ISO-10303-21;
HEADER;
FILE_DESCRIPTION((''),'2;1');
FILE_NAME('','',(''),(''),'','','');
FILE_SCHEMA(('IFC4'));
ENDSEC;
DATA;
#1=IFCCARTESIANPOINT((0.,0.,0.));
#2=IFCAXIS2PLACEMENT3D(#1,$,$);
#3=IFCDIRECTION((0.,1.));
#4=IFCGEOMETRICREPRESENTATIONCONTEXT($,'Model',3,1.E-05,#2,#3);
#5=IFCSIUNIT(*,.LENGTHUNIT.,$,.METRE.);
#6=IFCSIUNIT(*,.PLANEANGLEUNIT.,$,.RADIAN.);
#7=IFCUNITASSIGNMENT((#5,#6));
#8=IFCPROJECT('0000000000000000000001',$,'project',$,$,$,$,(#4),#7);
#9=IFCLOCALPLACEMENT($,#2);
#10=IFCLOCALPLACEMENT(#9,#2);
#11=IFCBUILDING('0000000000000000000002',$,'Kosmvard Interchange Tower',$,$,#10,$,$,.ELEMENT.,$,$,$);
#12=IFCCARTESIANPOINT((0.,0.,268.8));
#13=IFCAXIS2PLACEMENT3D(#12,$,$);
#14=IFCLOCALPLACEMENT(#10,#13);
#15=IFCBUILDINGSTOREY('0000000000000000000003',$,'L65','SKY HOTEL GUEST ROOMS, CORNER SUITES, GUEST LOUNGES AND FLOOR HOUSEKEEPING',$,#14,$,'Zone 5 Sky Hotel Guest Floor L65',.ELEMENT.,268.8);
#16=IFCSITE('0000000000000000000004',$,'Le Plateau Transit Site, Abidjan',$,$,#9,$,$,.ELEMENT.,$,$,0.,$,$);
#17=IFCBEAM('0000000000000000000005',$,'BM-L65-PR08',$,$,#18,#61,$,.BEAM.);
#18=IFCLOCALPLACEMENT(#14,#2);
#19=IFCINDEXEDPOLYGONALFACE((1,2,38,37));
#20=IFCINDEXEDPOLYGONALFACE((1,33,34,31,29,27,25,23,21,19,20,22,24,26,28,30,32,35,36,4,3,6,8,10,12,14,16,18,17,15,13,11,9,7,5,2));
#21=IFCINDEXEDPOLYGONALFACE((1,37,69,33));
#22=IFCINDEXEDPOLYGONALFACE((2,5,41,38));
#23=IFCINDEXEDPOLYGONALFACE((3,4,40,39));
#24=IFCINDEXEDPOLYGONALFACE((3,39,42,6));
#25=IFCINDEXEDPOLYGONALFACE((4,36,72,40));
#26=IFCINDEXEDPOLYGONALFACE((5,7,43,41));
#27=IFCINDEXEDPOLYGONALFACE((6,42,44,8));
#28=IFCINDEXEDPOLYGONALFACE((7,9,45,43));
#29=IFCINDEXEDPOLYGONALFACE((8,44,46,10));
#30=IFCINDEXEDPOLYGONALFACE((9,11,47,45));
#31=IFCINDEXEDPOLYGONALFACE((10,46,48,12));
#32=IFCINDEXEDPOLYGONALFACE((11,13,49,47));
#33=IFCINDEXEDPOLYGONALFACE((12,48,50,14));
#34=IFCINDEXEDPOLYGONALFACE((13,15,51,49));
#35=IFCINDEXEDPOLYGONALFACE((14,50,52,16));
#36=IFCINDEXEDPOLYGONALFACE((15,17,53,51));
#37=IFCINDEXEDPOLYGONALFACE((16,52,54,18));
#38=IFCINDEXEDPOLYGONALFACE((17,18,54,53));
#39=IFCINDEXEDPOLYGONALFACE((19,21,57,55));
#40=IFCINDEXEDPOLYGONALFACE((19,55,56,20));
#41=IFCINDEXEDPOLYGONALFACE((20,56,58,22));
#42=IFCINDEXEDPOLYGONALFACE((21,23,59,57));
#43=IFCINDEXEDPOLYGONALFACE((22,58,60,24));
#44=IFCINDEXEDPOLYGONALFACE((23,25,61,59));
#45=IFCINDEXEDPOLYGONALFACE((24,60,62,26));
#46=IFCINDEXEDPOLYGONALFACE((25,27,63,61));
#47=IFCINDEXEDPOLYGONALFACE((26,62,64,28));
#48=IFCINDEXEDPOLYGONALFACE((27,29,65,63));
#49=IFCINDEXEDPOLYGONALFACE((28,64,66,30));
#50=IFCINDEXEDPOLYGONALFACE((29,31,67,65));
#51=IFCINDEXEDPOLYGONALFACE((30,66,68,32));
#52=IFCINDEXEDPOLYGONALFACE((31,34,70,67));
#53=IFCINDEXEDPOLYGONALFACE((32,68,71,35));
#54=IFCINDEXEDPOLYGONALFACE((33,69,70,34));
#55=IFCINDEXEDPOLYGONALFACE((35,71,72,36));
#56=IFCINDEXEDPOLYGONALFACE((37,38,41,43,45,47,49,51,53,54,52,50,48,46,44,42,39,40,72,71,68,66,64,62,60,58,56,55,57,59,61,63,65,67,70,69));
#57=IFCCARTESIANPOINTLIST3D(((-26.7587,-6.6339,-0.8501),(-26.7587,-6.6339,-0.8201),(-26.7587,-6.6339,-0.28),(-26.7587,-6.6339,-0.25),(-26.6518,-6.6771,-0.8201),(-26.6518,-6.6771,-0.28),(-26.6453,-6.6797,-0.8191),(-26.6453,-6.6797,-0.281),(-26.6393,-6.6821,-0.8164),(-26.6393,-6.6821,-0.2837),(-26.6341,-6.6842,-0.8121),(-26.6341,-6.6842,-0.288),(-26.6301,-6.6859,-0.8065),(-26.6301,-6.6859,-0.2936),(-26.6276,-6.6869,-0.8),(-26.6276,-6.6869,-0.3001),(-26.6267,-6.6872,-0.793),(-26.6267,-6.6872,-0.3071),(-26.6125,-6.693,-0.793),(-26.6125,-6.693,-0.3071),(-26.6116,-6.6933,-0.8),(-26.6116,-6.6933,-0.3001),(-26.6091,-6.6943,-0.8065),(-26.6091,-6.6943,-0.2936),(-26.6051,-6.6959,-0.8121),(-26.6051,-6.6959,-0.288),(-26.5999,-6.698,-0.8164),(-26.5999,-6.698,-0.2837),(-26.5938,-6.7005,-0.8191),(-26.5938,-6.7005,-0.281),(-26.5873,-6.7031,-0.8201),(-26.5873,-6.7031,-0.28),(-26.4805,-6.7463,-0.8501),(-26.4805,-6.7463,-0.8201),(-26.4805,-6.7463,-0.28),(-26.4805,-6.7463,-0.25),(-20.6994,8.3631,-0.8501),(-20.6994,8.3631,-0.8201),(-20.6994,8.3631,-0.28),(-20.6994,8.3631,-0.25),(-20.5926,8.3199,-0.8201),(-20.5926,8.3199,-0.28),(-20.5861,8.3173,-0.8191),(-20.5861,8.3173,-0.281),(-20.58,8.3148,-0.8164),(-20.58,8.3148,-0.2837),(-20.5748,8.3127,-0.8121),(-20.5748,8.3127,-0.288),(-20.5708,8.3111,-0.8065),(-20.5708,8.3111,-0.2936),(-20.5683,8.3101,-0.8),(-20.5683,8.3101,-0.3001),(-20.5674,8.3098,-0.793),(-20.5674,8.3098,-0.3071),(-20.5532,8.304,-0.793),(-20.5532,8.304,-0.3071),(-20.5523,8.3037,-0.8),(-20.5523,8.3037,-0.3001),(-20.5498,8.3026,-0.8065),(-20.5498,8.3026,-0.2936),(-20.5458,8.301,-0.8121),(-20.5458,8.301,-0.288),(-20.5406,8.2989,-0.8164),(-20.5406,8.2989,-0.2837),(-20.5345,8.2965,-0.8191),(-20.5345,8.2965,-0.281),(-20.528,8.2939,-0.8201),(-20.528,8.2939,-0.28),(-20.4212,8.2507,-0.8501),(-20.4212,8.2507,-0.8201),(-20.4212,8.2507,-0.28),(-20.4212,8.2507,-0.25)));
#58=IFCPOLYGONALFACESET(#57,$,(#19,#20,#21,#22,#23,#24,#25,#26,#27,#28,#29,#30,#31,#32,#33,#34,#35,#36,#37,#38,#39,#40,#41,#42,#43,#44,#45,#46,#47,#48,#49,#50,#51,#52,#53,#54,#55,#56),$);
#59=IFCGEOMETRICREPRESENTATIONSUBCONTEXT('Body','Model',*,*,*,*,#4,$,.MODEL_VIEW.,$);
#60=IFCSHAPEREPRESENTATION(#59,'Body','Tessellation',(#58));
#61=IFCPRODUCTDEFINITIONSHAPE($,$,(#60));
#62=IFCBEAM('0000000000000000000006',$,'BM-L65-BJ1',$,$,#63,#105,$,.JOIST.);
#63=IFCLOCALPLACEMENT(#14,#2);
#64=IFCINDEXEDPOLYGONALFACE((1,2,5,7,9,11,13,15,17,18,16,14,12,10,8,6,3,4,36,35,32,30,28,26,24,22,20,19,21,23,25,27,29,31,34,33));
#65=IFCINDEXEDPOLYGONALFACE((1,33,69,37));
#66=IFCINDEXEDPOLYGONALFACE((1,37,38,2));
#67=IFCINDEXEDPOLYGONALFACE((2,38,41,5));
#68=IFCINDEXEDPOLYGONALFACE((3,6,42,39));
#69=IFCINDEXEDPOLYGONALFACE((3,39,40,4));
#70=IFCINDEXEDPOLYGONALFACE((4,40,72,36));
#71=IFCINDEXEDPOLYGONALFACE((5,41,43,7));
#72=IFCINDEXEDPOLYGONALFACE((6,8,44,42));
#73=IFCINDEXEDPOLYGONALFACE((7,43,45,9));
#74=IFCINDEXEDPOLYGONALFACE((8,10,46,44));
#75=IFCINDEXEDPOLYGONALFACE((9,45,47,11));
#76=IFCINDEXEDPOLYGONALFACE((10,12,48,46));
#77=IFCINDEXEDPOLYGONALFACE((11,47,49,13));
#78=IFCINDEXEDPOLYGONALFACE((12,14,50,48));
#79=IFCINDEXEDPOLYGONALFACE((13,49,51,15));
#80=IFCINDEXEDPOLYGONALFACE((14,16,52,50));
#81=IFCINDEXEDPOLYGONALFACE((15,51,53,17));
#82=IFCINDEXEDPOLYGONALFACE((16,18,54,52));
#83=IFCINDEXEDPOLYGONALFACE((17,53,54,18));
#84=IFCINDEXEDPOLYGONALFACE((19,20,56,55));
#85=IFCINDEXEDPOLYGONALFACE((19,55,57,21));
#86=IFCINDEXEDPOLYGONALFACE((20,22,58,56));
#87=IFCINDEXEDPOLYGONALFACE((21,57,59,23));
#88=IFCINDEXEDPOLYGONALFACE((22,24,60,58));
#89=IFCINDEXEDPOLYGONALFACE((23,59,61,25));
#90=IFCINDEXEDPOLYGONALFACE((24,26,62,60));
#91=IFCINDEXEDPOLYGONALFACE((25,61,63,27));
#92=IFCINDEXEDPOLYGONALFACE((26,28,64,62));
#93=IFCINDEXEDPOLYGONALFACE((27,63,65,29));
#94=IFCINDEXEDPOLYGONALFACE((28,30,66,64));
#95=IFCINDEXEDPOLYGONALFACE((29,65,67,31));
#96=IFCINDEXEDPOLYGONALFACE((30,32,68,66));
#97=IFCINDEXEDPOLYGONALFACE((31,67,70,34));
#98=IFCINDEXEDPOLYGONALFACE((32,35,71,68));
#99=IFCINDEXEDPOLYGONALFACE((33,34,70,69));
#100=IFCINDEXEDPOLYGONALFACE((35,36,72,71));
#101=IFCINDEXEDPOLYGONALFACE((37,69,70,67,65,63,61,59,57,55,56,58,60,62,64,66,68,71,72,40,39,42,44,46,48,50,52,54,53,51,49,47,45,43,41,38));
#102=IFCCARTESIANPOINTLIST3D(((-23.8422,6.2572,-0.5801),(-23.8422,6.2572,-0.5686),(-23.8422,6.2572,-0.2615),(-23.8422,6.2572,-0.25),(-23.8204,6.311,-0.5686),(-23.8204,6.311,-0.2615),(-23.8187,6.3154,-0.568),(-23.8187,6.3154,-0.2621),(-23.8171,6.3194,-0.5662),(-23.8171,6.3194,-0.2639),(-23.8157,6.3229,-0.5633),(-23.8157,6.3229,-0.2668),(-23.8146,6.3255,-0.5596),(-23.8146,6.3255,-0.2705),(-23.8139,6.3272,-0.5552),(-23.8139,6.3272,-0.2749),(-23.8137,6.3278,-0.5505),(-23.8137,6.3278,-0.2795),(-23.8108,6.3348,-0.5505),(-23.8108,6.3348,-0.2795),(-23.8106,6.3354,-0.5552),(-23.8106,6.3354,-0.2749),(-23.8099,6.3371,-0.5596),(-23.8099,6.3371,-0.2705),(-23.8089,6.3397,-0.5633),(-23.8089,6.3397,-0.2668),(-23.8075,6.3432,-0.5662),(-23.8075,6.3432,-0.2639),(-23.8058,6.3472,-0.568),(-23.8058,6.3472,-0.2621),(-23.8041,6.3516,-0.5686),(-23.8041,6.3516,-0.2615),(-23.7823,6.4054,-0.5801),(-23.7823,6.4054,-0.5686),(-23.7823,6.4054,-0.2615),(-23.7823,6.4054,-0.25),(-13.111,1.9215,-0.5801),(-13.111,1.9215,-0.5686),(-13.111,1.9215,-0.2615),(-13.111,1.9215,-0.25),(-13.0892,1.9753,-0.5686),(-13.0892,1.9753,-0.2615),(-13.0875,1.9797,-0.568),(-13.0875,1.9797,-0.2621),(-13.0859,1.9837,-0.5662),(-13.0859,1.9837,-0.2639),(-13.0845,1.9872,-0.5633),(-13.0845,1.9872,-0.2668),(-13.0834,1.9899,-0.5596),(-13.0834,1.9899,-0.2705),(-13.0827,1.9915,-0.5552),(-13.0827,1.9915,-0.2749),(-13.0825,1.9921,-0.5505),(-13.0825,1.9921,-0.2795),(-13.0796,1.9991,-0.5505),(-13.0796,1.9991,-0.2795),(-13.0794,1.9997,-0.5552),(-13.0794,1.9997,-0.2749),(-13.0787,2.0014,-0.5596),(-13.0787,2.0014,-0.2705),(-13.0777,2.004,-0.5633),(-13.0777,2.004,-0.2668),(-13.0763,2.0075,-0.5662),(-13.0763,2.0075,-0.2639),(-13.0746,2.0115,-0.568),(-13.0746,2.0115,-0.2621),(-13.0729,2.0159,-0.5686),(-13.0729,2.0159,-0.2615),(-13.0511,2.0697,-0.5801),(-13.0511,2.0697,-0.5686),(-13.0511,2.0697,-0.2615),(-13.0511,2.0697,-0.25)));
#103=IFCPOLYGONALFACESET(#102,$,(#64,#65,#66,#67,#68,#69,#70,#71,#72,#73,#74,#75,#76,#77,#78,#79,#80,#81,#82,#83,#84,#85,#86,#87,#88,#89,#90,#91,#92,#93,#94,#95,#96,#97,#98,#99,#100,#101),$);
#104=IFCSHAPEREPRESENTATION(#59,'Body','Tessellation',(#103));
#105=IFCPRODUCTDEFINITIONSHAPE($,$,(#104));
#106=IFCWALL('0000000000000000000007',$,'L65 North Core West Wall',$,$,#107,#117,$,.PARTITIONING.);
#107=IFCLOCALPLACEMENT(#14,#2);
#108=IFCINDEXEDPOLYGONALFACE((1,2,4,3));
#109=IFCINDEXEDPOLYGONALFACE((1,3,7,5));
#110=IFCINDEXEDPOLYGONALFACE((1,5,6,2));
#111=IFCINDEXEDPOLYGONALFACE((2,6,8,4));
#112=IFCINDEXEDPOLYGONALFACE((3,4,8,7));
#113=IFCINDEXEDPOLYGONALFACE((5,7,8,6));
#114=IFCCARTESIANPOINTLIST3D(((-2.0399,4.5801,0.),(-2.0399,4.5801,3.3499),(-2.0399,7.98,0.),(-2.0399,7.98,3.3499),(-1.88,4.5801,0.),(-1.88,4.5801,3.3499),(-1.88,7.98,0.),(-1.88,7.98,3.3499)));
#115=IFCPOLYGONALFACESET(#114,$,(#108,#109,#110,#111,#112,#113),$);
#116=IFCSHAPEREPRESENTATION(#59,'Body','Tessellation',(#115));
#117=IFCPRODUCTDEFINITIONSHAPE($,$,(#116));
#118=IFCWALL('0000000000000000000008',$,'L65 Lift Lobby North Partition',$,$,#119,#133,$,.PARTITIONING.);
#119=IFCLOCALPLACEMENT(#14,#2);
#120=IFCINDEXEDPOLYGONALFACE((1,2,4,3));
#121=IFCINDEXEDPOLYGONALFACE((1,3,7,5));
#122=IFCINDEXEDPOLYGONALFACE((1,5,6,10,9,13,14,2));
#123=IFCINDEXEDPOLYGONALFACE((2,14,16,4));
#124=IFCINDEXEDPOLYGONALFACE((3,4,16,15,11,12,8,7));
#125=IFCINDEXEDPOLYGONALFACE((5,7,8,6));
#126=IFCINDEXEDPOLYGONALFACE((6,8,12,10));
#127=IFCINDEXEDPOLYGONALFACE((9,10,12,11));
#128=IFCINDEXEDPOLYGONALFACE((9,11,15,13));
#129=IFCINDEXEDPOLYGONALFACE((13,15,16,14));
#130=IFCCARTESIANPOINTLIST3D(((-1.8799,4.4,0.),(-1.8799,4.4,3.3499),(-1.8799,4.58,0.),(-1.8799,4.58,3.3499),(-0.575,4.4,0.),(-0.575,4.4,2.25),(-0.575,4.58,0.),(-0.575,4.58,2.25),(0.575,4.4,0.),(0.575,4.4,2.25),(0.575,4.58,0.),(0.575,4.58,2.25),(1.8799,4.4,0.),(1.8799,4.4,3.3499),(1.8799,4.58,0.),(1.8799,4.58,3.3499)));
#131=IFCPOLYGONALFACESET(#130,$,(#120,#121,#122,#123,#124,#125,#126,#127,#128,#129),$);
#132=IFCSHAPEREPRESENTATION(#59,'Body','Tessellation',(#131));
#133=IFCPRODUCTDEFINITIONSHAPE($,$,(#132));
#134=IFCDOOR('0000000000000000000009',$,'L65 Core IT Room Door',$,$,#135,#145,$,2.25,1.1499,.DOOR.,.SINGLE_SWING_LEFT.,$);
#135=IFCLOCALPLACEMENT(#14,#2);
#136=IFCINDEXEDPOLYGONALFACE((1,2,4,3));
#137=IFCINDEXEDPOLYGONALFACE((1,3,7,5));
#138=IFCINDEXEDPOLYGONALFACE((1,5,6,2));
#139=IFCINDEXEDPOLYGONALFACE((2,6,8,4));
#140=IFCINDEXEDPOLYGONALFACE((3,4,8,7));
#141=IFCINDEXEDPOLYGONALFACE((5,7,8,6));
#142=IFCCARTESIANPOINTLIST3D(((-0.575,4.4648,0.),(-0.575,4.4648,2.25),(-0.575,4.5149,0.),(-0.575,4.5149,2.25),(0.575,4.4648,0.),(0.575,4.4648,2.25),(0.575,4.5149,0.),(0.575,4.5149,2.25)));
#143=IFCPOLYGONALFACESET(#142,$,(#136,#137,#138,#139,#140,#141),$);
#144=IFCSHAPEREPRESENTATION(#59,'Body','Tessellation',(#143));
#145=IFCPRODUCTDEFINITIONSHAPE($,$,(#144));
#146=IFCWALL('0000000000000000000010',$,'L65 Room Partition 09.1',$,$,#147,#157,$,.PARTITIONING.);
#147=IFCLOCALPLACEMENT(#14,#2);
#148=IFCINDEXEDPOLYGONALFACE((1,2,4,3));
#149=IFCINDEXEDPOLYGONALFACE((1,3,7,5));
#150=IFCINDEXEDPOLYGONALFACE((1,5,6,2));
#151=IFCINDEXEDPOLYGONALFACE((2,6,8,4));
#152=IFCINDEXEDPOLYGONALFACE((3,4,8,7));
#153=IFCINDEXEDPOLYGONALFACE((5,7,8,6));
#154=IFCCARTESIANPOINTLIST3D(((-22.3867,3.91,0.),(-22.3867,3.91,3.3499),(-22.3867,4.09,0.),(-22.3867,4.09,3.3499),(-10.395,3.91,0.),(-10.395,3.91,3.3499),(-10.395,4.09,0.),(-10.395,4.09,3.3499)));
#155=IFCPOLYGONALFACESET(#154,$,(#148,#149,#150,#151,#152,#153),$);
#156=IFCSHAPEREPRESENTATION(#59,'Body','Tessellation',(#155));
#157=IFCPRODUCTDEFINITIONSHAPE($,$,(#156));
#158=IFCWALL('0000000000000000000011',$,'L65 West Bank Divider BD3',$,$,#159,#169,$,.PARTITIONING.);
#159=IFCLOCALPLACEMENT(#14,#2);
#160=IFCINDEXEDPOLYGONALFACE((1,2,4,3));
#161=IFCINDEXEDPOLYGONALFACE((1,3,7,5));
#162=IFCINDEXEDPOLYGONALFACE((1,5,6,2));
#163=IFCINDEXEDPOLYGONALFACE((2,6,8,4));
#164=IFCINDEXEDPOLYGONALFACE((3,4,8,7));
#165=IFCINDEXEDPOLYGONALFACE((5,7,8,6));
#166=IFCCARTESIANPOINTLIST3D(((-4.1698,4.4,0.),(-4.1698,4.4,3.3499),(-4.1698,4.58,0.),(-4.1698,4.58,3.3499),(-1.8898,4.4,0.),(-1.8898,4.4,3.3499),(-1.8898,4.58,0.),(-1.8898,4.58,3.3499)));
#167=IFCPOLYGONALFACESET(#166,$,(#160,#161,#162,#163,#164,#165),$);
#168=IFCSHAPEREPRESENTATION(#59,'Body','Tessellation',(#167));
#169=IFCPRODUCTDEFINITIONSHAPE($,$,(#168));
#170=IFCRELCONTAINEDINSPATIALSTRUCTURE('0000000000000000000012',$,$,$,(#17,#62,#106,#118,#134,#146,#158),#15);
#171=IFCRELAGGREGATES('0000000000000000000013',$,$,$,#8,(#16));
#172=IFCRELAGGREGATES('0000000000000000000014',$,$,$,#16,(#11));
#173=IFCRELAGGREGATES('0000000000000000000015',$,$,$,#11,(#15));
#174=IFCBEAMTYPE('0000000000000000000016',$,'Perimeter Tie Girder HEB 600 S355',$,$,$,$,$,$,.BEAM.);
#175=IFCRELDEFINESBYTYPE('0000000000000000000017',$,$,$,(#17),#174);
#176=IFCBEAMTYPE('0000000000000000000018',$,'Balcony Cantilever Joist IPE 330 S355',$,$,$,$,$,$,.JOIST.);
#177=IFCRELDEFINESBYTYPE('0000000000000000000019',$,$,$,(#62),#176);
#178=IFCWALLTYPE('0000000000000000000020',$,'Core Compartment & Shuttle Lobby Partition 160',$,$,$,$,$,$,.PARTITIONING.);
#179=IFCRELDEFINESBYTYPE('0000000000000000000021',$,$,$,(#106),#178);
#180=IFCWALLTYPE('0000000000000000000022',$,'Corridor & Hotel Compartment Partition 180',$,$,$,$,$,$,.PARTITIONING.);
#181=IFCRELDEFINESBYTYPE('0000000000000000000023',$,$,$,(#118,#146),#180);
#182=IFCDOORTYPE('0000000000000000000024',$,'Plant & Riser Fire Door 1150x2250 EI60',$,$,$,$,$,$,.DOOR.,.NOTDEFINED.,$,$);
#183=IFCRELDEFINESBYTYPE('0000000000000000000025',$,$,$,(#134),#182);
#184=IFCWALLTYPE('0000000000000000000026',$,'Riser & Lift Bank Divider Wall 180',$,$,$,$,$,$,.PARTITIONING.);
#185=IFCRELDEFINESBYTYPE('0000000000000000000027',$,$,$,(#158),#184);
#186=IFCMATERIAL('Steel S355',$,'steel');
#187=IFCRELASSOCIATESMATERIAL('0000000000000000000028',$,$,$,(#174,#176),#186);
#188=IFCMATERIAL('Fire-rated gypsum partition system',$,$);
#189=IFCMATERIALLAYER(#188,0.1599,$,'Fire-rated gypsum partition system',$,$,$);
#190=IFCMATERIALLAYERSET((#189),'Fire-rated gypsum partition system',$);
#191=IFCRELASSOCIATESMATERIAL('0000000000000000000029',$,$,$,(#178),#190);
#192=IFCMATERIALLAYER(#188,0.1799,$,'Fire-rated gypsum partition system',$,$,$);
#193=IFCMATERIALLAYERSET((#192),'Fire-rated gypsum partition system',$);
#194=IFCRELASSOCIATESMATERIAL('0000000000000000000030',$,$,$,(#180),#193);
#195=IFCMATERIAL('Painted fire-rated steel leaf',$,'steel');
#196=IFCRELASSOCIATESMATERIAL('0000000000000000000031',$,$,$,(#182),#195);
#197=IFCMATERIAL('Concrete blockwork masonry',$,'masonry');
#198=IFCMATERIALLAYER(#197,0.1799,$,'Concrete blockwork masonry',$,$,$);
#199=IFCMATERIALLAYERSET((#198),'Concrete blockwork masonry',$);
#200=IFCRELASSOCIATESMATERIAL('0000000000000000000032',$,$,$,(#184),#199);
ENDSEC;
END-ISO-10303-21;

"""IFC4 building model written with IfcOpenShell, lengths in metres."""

from ifc_helpers import new_model, si_unit, direction, frame, frame_2d, origin, origin_2d, place, context, subcontext, project, spatial, rectangle, i_section, extrude, source, transform, mapped, material, layer, layer_set, material_profile, profile_set, type_object, element, fill, save


model = new_model("IFC4")

# Units and contexts
model_context = context("Model", 3, precision=1e-05, world=origin(), true_north=direction((0.0, 1.0)))
body_context = subcontext(model_context, "Body", "Model", "MODEL_VIEW")
ifc_project = project(units=[si_unit("LENGTHUNIT", "METRE"), si_unit("PLANEANGLEUNIT", "RADIAN")], contexts=[model_context])

# Site, building, storey
site_placement = place(None, origin())
site = spatial("IfcSite", under=ifc_project, at=site_placement, Name="Le Plateau Transit Site, Abidjan", CompositionType="ELEMENT", RefElevation=0.0)
building_placement = place(site_placement, origin())
building = spatial("IfcBuilding", under=site, at=building_placement, Name="Kosmvard Interchange Tower", CompositionType="ELEMENT")
storey_placement = place(building_placement, frame((0.0, 0.0, 268.8)))
storey = spatial("IfcBuildingStorey", under=building, at=storey_placement, Name="L65", Description="SKY HOTEL GUEST ROOMS, CORNER SUITES, GUEST LOUNGES AND FLOOR HOUSEKEEPING", LongName="Zone 5 Sky Hotel Guest Floor L65", CompositionType="ELEMENT", Elevation=268.8)

# Beams
ifc_material_1 = material(Name="Steel S355", Category="steel")
ifc_material_profile_1 = material_profile(ifc_material_1, i_section(OverallWidth=0.3, OverallDepth=0.6001, WebThickness=0.0154, FlangeThickness=0.03, FilletRadius=0.0271, at=origin_2d()), Name="HEB 600")
ifc_profile_set_1 = profile_set([ifc_material_profile_1], Name="Steel S355")
beam_type_1 = type_object("IfcBeamType", Name="Perimeter Tie Girder HEB 600 S355", PredefinedType="BEAM", material=ifc_profile_set_1)
shared_shape_1 = source(origin(), body_context, "Body", "SweptSolid", [
    extrude(i_section(OverallWidth=0.3, OverallDepth=0.6001, WebThickness=0.0154, FlangeThickness=0.03, FilletRadius=0.0271, at=origin_2d()), origin(), (0.0, 0.0, 1.0), 16.1748),
])
beam_1_placement = place(storey_placement, frame((-20.5603, 8.3069, -0.55), z_axis=(-0.374613, -0.927181, 0.0), x_axis=(0.927181, -0.374613, 0.0)))
element("IfcBeam", 1, at=beam_1_placement, inside=storey, type_object=beam_type_1, Name="BM-L65-PR08", PredefinedType="BEAM", context=body_context, shape_type="MappedRepresentation", body=[
    mapped(shared_shape_1, transform((0.0, 0.0, 0.0), scale=1.0)),
])
ifc_material_profile_2 = material_profile(ifc_material_1, i_section(OverallWidth=0.1599, OverallDepth=0.3301, WebThickness=0.0076, FlangeThickness=0.0115, FilletRadius=0.0181, at=origin_2d()), Name="IPE 330")
ifc_profile_set_2 = profile_set([ifc_material_profile_2], Name="Steel S355")
beam_type_2 = type_object("IfcBeamType", Name="Balcony Cantilever Joist IPE 330 S355", PredefinedType="JOIST", material=ifc_profile_set_2)
shared_shape_2 = source(origin(), body_context, "Body", "SweptSolid", [
    extrude(i_section(OverallWidth=0.1599, OverallDepth=0.3301, WebThickness=0.0076, FlangeThickness=0.0115, FilletRadius=0.0181, at=origin_2d()), origin(), (0.0, 0.0, 1.0), 11.574),
])
beam_2_placement = place(storey_placement, frame((-13.0811, 1.9956, -0.415), z_axis=(-0.927184, 0.374607, 0.0), x_axis=(-0.374607, -0.927184, 0.0)))
element("IfcBeam", 2, at=beam_2_placement, inside=storey, type_object=beam_type_2, Name="BM-L65-BJ1", PredefinedType="JOIST", context=body_context, shape_type="MappedRepresentation", body=[
    mapped(shared_shape_2, transform((0.0, 0.0, 0.0), scale=1.0)),
])

# Wall
ifc_material_2 = material(Name="Fire-rated gypsum partition system")
ifc_layer_1 = layer(ifc_material_2, 0.1599, Name="Fire-rated gypsum partition system")
ifc_layer_set_1 = layer_set([ifc_layer_1], Name="Fire-rated gypsum partition system")
wall_type_1 = type_object("IfcWallType", Name="Core Compartment & Shuttle Lobby Partition 160", PredefinedType="PARTITIONING", material=ifc_layer_set_1)
wall_1_placement = place(storey_placement, frame((-1.96, 4.5801, 0.0), z_axis=(0.0, 0.0, 1.0), x_axis=(0.0, 1.0, 0.0)))
element("IfcWall", 3, at=wall_1_placement, inside=storey, type_object=wall_type_1, Name="L65 North Core West Wall", PredefinedType="PARTITIONING", context=body_context, shape_type="SweptSolid", body=[
    extrude(rectangle(XDim=3.3999, YDim=0.1599, at=frame_2d((1.7, 0.0))), origin(), (0.0, 0.0, 1.0), 3.3499),
])

# Wall, opening, door
ifc_layer_2 = layer(ifc_material_2, 0.1799, Name="Fire-rated gypsum partition system")
ifc_layer_set_2 = layer_set([ifc_layer_2], Name="Fire-rated gypsum partition system")
wall_type_2 = type_object("IfcWallType", Name="Corridor & Hotel Compartment Partition 180", PredefinedType="PARTITIONING", material=ifc_layer_set_2)
wall_2_placement = place(storey_placement, frame((-1.8799, 4.49, 0.0), z_axis=(0.0, 0.0, 1.0), x_axis=(1.0, 0.0, 0.0)))
wall_2 = element("IfcWall", 4, at=wall_2_placement, inside=storey, type_object=wall_type_2, Name="L65 Lift Lobby North Partition", PredefinedType="PARTITIONING", context=body_context, shape_type="SweptSolid", body=[
    extrude(rectangle(XDim=3.7598, YDim=0.1799, at=frame_2d((1.8799, 0.0))), origin(), (0.0, 0.0, 1.0), 3.3499),
])
opening_placement = place(wall_2_placement, frame((1.3049, 0.0, 0.0)))
opening = element("IfcOpeningElement", 5, at=opening_placement, cuts=wall_2, PredefinedType="OPENING", context=body_context, shape_type="SweptSolid", body=[
    extrude(rectangle(XDim=1.1499, YDim=2.25, at=frame_2d((0.575, 1.125))), frame((0.0, 0.1001, 0.0), z_axis=(0.0, -1.0, 0.0), x_axis=(1.0, 0.0, 0.0)), (0.0, 0.0, 1.0), 0.2),
])
ifc_material_3 = material(Name="Painted fire-rated steel leaf", Category="steel")
door_type = type_object("IfcDoorType", Name="Plant & Riser Fire Door 1150x2250 EI60", OperationType="NOTDEFINED", PredefinedType="DOOR", material=ifc_material_3)
shared_shape_3 = source(origin(), body_context, "Body", "SweptSolid", [
    extrude(rectangle(XDim=1.1499, YDim=2.25, at=frame_2d((0.575, 1.125))), frame((0.0, 0.0249, 0.0), z_axis=(0.0, -1.0, 0.0), x_axis=(1.0, 0.0, 0.0)), (0.0, 0.0, 1.0), 0.05),
])
door_placement = place(opening_placement, origin())
door = element("IfcDoor", 6, at=door_placement, inside=storey, type_object=door_type, Name="L65 Core IT Room Door", OperationType="SINGLE_SWING_LEFT", OverallHeight=2.25, OverallWidth=1.1499, PredefinedType="DOOR", context=body_context, shape_type="MappedRepresentation", body=[
    mapped(shared_shape_3, transform((0.0, 0.0, 0.0), scale=1.0)),
])
fill(opening, door)

# Walls
wall_3_placement = place(storey_placement, frame((-10.395, 4.0, 0.0), z_axis=(0.0, 0.0, 1.0), x_axis=(-1.0, 0.0, 0.0)))
element("IfcWall", 7, at=wall_3_placement, inside=storey, type_object=wall_type_2, Name="L65 Room Partition 09.1", PredefinedType="PARTITIONING", context=body_context, shape_type="SweptSolid", body=[
    extrude(rectangle(XDim=11.9917, YDim=0.1799, at=frame_2d((5.9958, 0.0))), origin(), (0.0, 0.0, 1.0), 3.3499),
])
ifc_material_4 = material(Name="Concrete blockwork masonry", Category="masonry")
ifc_layer_3 = layer(ifc_material_4, 0.1799, Name="Concrete blockwork masonry")
ifc_layer_set_3 = layer_set([ifc_layer_3], Name="Concrete blockwork masonry")
wall_type_3 = type_object("IfcWallType", Name="Riser & Lift Bank Divider Wall 180", PredefinedType="PARTITIONING", material=ifc_layer_set_3)
wall_4_placement = place(storey_placement, frame((-4.1699, 4.49, 0.0), z_axis=(0.0, 0.0, 1.0), x_axis=(1.0, 0.0, 0.0)))
element("IfcWall", 8, at=wall_4_placement, inside=storey, type_object=wall_type_3, Name="L65 West Bank Divider BD3", PredefinedType="PARTITIONING", context=body_context, shape_type="SweptSolid", body=[
    extrude(rectangle(XDim=2.28, YDim=0.1799, at=frame_2d((1.1401, 0.0))), origin(), (0.0, 0.0, 1.0), 3.3499),
])

save(model, "model.ifc")
